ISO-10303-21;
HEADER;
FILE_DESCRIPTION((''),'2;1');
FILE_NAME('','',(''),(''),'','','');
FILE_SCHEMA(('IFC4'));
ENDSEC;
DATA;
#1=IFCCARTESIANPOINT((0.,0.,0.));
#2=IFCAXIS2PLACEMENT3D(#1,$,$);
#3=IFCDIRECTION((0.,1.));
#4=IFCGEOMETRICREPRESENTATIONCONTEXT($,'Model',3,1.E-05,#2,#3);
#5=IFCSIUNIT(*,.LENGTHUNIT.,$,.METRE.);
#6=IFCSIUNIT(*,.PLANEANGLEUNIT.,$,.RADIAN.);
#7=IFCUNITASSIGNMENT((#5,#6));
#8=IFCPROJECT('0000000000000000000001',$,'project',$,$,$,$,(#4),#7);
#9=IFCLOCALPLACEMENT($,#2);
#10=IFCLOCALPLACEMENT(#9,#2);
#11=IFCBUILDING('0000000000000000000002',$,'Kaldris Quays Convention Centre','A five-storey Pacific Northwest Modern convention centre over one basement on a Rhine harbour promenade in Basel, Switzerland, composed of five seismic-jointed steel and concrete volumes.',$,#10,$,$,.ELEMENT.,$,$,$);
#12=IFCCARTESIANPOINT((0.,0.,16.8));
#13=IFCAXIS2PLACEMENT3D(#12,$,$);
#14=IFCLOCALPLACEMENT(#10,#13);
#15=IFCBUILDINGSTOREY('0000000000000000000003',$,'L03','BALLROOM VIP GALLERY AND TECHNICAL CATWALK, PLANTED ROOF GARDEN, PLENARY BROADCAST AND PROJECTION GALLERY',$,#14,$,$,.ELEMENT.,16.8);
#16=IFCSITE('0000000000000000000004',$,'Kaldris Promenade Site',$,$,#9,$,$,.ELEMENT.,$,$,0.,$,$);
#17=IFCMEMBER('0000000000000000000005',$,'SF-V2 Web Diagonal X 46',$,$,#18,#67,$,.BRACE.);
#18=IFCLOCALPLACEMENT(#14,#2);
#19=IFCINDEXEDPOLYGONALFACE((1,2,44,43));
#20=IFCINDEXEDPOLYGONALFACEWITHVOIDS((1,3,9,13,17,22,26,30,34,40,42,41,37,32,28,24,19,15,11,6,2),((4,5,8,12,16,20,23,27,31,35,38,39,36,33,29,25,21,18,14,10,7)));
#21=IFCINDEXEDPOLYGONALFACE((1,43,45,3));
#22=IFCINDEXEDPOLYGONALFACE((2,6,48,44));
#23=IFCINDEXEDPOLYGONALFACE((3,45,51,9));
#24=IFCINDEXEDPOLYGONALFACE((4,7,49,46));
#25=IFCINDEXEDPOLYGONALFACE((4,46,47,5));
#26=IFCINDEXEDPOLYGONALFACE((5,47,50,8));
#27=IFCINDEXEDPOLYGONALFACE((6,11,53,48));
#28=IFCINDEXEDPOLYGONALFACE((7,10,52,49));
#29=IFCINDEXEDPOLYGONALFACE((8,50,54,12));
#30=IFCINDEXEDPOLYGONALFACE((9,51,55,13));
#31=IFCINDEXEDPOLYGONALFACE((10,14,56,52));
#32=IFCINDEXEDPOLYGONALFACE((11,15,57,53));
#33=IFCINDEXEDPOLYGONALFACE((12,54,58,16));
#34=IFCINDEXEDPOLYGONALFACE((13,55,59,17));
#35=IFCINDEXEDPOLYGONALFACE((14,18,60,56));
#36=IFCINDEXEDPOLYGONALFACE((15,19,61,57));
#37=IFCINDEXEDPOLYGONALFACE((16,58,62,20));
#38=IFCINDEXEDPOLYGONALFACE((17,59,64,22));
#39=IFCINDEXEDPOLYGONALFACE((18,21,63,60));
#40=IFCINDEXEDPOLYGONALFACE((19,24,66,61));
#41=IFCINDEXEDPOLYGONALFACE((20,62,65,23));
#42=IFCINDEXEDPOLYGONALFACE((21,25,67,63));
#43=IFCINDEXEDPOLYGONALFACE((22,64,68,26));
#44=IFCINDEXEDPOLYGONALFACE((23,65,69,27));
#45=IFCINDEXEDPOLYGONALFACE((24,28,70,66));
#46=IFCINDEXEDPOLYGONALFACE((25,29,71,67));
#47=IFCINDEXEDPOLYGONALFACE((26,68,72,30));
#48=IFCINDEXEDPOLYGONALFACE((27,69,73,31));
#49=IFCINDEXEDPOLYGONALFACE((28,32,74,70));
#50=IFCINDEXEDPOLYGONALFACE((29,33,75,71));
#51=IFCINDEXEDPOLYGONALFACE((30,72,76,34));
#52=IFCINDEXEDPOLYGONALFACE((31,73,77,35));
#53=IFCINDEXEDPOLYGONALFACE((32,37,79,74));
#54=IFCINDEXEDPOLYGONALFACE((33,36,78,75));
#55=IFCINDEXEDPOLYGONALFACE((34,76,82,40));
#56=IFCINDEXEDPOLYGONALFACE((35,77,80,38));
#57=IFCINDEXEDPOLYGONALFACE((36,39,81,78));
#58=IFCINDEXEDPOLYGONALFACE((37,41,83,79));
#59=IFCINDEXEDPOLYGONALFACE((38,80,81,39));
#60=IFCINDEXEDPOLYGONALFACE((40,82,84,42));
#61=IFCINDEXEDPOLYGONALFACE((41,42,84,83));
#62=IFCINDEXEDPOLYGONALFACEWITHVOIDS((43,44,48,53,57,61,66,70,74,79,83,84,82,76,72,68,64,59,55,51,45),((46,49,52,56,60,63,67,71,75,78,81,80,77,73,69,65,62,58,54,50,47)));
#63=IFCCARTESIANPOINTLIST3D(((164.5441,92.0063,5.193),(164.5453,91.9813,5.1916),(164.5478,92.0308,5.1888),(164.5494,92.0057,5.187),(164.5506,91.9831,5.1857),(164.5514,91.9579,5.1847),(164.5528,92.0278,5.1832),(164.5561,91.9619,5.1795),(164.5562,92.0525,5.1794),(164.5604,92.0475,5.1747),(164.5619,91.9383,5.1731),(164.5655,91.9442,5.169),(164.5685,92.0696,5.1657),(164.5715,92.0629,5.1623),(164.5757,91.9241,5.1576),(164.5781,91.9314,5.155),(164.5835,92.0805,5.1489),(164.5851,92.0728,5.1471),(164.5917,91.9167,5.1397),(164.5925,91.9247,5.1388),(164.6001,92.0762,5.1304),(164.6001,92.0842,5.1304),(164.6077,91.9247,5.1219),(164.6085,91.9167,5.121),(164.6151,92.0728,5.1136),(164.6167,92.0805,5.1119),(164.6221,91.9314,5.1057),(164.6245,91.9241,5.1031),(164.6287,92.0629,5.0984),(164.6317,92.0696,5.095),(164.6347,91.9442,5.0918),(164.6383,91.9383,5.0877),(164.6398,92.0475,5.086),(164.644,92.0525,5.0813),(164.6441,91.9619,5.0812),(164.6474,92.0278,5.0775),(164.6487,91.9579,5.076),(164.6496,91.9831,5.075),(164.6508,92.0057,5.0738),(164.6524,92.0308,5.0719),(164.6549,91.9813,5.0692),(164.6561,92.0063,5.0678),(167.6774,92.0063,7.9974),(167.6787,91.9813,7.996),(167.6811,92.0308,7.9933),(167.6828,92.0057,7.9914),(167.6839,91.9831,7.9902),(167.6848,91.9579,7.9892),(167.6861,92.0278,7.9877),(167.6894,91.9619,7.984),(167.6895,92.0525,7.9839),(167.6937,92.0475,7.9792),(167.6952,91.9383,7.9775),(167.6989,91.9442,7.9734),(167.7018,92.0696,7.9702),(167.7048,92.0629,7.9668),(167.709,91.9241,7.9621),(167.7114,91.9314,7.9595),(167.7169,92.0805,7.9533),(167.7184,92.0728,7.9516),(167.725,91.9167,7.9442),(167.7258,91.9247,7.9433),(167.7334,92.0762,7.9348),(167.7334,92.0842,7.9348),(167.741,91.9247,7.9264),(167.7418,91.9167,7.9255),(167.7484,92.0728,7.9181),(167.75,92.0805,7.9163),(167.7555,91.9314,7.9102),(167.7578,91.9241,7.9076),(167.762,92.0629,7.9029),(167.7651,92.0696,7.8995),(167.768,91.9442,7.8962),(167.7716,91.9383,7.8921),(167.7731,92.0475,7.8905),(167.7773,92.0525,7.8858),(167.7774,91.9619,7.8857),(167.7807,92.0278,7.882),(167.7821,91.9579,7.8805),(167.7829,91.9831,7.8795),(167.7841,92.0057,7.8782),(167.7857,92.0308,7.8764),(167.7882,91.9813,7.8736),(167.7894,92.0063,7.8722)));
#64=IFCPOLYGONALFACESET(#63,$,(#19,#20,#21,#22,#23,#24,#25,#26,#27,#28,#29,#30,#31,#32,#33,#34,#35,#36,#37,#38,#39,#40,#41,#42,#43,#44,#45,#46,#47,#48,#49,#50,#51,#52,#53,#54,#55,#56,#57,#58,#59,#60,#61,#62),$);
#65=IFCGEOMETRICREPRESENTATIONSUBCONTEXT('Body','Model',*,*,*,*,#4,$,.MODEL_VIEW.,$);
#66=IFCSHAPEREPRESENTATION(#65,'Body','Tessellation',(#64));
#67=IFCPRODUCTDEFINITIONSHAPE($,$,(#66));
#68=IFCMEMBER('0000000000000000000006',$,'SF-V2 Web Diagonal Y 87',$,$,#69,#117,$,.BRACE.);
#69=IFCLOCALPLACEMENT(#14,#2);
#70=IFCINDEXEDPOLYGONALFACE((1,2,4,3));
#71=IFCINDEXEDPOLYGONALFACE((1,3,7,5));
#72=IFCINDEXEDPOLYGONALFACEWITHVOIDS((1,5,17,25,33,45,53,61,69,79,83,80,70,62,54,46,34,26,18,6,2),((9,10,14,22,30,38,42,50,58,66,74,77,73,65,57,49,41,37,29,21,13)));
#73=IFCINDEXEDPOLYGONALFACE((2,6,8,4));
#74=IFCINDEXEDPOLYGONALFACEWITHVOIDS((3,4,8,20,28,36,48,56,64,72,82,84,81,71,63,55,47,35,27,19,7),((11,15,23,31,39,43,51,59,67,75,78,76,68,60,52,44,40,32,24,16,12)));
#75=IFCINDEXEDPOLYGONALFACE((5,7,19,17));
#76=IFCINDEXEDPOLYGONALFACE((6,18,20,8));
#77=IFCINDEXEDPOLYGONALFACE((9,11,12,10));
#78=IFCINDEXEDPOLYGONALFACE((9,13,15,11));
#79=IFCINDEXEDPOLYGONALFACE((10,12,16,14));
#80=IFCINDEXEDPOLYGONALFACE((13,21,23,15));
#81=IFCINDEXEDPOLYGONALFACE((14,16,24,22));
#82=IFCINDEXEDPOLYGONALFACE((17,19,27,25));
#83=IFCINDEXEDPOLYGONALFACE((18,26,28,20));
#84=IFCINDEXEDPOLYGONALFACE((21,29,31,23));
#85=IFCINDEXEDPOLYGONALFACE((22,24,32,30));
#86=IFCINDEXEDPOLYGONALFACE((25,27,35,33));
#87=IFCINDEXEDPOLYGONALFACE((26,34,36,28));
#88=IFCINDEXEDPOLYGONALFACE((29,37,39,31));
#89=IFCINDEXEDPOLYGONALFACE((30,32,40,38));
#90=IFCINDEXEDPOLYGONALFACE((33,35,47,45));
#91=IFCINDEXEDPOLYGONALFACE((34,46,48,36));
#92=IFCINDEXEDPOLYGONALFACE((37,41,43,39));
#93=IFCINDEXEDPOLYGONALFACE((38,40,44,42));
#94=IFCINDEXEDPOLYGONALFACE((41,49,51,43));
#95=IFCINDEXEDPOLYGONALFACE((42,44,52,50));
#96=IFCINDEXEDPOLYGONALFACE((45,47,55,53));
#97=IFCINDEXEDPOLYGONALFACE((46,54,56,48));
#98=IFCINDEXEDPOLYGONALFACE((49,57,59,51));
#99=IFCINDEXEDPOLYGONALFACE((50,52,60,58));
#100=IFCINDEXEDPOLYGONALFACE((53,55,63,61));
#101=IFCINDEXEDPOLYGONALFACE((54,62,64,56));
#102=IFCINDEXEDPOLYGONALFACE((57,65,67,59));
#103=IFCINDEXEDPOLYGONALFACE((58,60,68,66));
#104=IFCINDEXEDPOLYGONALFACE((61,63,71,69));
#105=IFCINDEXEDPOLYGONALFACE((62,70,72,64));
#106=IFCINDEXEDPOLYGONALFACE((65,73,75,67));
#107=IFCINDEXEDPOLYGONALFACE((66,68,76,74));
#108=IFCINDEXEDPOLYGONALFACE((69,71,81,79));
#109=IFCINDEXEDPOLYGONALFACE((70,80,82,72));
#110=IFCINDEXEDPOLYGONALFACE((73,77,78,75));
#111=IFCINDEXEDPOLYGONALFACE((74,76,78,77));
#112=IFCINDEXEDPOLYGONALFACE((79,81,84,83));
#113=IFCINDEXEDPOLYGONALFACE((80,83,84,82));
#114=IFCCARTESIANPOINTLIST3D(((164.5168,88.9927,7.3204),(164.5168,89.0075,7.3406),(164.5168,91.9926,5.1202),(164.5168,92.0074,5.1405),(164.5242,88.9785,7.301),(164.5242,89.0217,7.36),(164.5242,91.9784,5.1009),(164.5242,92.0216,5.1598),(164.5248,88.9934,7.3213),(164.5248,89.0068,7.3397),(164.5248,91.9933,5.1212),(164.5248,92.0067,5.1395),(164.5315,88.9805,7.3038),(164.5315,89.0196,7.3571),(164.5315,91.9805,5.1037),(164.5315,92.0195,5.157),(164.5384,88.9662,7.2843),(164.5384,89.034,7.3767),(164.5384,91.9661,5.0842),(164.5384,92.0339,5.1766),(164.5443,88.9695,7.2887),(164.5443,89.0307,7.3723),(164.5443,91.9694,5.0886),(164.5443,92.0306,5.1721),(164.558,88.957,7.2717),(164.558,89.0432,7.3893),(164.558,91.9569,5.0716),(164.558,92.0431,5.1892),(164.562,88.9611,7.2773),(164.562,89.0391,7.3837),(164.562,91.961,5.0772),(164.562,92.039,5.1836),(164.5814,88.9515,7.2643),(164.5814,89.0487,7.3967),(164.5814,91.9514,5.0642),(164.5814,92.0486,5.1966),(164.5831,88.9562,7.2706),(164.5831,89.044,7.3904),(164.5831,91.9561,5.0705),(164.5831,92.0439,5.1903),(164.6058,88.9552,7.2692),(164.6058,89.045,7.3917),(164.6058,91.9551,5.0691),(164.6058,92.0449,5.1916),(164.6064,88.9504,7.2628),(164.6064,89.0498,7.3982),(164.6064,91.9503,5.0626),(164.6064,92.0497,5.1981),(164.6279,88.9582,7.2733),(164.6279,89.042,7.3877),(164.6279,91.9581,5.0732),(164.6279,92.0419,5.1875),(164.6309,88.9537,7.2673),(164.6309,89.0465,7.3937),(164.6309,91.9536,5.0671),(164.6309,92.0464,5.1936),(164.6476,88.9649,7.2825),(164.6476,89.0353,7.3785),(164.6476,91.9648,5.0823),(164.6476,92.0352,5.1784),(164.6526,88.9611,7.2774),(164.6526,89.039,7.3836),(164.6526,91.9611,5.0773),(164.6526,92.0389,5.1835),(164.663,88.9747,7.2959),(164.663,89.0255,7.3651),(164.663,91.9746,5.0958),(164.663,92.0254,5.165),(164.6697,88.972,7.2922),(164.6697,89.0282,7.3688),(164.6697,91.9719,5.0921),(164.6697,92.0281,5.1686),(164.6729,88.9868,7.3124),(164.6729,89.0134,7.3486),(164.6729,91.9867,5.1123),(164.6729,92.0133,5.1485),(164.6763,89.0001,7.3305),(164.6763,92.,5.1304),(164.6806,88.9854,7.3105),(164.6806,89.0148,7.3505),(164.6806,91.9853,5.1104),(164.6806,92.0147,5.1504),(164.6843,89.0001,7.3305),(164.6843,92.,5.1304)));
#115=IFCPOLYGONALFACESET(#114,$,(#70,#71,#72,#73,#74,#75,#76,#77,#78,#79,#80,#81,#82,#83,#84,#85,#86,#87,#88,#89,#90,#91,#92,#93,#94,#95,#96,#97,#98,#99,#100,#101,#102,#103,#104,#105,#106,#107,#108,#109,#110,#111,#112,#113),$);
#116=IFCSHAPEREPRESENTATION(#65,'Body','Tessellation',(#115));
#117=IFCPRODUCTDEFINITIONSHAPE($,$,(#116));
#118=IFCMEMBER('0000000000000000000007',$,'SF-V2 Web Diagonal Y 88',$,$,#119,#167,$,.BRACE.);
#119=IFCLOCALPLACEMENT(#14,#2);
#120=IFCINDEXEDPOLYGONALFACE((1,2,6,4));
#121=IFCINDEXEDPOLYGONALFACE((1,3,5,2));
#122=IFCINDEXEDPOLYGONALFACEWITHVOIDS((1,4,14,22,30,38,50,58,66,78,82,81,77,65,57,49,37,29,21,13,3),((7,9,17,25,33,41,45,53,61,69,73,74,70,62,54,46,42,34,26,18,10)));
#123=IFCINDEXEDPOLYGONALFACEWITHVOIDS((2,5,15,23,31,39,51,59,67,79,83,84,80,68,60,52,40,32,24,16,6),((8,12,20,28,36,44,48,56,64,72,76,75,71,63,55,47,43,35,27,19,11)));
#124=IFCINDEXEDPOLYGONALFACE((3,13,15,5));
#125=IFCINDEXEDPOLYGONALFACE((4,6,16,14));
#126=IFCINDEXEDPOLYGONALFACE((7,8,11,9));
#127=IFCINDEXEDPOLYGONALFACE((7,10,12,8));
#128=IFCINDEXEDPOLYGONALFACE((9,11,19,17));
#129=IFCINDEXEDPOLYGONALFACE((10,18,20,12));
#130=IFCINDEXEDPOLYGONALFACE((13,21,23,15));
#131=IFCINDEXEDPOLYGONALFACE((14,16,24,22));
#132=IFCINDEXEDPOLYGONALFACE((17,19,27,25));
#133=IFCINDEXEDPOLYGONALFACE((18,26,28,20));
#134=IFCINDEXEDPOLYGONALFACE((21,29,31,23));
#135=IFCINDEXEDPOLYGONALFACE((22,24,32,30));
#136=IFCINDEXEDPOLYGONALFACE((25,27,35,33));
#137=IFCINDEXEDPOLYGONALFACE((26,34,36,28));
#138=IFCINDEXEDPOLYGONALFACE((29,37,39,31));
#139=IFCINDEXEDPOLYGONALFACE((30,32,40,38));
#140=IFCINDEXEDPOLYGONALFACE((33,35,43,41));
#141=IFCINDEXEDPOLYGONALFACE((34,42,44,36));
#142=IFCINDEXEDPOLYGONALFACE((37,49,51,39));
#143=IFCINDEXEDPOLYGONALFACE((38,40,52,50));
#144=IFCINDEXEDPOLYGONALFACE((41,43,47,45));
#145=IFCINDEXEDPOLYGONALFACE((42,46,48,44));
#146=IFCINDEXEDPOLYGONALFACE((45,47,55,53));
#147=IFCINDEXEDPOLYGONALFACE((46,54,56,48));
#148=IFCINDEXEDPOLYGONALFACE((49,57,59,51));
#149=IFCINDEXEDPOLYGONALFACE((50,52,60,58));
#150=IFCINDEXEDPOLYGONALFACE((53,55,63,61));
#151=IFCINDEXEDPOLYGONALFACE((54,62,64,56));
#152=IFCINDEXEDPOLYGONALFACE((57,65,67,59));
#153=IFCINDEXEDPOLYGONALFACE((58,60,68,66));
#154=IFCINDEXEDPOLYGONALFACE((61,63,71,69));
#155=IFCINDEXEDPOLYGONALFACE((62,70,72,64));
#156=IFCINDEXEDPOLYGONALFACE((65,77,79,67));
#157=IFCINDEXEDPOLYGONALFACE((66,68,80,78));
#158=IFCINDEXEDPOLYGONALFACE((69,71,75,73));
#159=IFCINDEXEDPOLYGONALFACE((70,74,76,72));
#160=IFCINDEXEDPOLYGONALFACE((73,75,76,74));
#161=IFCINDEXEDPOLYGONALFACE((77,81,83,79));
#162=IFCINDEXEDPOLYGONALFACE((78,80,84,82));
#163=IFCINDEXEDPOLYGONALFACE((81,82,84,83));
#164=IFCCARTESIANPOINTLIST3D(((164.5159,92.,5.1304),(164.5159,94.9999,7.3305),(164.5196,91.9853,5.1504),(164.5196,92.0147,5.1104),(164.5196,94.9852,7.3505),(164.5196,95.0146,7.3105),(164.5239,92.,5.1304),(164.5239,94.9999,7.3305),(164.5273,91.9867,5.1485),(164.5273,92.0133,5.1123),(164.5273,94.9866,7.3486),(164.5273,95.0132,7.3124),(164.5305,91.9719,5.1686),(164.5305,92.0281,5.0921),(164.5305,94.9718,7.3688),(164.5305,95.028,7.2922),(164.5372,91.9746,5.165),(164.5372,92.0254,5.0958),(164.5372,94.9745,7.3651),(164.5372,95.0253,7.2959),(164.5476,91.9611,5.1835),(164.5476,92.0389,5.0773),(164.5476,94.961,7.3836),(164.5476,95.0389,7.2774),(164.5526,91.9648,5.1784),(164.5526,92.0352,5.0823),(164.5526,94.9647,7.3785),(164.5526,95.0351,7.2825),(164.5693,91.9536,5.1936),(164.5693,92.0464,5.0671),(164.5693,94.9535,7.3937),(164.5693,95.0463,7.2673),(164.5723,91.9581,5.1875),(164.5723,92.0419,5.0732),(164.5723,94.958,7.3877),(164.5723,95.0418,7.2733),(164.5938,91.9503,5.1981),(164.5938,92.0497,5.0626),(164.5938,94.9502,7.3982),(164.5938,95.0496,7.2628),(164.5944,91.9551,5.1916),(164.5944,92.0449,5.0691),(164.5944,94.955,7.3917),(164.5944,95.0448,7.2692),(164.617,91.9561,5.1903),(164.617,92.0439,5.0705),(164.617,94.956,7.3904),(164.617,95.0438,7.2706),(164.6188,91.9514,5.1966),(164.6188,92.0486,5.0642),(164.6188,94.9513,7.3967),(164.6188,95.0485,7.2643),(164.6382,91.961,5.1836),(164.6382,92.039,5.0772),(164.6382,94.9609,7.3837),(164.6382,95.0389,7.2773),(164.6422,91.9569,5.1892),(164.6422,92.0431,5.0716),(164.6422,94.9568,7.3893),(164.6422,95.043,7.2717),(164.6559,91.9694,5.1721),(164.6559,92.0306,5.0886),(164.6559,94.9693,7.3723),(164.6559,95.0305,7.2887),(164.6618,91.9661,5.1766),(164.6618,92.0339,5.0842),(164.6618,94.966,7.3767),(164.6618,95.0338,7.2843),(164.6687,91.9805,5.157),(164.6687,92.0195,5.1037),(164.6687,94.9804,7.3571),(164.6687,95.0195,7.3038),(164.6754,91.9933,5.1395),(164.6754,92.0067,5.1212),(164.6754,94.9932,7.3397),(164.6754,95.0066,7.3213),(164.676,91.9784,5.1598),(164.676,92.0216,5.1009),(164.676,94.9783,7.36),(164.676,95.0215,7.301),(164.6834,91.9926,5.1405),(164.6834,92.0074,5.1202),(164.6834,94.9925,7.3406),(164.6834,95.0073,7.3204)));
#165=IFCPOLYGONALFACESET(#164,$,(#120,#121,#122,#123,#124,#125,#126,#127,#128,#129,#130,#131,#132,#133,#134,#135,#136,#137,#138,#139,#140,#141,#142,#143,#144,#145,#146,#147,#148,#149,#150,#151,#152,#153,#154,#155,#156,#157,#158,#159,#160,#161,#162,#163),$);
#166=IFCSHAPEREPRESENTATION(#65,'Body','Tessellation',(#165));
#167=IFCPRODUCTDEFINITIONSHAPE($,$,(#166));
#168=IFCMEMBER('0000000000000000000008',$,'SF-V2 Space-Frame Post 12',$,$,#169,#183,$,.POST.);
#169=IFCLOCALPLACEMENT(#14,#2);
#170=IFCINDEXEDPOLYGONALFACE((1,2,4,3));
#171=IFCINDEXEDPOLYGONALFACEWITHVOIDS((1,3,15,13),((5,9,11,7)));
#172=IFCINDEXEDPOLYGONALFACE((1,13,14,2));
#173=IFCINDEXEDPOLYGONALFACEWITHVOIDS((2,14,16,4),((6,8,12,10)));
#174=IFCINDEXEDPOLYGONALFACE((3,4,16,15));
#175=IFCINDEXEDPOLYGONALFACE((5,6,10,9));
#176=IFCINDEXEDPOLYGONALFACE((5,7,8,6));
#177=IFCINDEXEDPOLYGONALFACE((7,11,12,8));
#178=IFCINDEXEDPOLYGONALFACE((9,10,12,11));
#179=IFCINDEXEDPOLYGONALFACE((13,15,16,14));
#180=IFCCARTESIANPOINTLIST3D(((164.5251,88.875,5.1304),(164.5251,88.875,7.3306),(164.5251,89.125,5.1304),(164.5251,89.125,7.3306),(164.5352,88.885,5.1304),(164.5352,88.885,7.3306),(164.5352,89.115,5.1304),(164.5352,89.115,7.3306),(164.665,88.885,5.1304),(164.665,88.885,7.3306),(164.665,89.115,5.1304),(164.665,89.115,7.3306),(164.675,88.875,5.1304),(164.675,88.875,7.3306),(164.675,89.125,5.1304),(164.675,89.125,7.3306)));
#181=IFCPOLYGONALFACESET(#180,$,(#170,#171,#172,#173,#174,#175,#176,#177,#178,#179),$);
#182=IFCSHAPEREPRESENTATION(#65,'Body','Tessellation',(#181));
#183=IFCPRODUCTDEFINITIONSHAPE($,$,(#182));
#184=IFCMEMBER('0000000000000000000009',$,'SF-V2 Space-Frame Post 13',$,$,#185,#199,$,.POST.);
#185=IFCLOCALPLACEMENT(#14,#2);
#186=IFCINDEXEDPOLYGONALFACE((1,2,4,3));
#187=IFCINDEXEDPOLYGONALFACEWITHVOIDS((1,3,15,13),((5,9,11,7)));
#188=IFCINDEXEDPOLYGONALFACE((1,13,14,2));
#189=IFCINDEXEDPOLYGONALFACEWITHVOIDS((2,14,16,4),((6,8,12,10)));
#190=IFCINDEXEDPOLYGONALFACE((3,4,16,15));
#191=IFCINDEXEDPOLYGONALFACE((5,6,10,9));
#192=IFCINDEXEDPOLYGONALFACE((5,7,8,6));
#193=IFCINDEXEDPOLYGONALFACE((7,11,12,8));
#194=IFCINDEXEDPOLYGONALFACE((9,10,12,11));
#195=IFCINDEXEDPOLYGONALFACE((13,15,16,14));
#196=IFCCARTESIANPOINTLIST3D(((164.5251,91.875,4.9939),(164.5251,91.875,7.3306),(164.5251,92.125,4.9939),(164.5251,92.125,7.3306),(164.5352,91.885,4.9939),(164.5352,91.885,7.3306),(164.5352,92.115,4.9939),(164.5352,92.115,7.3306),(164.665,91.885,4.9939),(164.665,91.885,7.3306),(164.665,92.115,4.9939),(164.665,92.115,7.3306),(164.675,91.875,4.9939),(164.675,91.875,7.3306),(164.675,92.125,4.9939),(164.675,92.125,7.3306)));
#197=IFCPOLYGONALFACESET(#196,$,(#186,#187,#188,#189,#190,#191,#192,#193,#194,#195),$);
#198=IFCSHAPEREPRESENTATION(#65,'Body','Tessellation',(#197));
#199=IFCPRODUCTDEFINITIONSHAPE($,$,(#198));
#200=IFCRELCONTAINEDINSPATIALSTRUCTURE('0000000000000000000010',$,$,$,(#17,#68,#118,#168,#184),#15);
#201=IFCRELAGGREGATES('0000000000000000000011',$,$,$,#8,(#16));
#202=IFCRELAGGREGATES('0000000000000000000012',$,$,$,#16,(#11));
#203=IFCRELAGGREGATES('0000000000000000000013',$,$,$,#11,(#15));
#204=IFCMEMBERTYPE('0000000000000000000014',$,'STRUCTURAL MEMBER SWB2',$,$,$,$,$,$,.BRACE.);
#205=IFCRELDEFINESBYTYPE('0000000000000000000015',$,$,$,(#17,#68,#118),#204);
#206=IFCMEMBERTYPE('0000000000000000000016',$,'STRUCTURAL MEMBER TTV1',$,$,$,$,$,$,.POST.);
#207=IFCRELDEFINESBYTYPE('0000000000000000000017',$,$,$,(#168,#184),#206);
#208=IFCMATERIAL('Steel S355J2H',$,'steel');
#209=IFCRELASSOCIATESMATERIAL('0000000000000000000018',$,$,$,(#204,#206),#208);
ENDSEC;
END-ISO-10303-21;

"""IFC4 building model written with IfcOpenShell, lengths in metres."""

from ifc_helpers import new_model, si_unit, direction, frame, origin, origin_2d, place, context, subcontext, project, spatial, hollow_rectangle, hollow_circle, extrude, material, material_profile, profile_set, type_object, element, save


model = new_model("IFC4")

# Units and contexts
model_context = context("Model", 3, precision=1e-05, world=origin(), true_north=direction((0.0, 1.0)))
body_context = subcontext(model_context, "Body", "Model", "MODEL_VIEW")
ifc_project = project(units=[si_unit("LENGTHUNIT", "METRE"), si_unit("PLANEANGLEUNIT", "RADIAN")], contexts=[model_context])

# Site, building, storey
site_placement = place(None, origin())
site = spatial("IfcSite", under=ifc_project, at=site_placement, Name="Kaldris Promenade Site", CompositionType="ELEMENT", RefElevation=0.0)
building_placement = place(site_placement, origin())
building = spatial("IfcBuilding", under=site, at=building_placement, Name="Kaldris Quays Convention Centre", Description="A five-storey Pacific Northwest Modern convention centre over one basement on a Rhine harbour promenade in Basel, Switzerland, composed of five seismic-jointed steel and concrete volumes.", CompositionType="ELEMENT")
storey_placement = place(building_placement, frame((0.0, 0.0, 16.8)))
storey = spatial("IfcBuildingStorey", under=building, at=storey_placement, Name="L03", Description="BALLROOM VIP GALLERY AND TECHNICAL CATWALK, PLANTED ROOF GARDEN, PLENARY BROADCAST AND PROJECTION GALLERY", CompositionType="ELEMENT", Elevation=16.8)

# Members
ifc_material_1 = material(Name="Steel S355J2H", Category="steel")
ifc_material_profile_1 = material_profile(ifc_material_1, hollow_circle(Radius=0.0842, WallThickness=0.0081, at=origin_2d()), Name="CHS 168.3x8")
ifc_profile_set_1 = profile_set([ifc_material_profile_1], Name="Steel S355J2H")
member_type_1 = type_object("IfcMemberType", Name="STRUCTURAL MEMBER SWB2", PredefinedType="BRACE", material=ifc_profile_set_1)
member_1_placement = place(storey_placement, frame((164.6001, 92.0, 5.1304), z_axis=(0.745127, 0.0, 0.666922), x_axis=(0.0, 1.0, 0.0)))
element("IfcMember", 1, at=member_1_placement, inside=storey, type_object=member_type_1, Name="SF-V2 Web Diagonal X 46", PredefinedType="BRACE", context=body_context, shape_type="SweptSolid", body=[
    extrude(hollow_circle(Radius=0.0842, WallThickness=0.0081, at=origin_2d()), origin(), (0.0, 0.0, 1.0), 4.2051),
])
for number, where, z_axis, x_axis, name in (
    (2, (164.6001, 92.0, 5.1304), (0.0, -0.80638, 0.591398), (1.0, 0.0, 0.0), "SF-V2 Web Diagonal Y 87"),
    (3, (164.6001, 92.0, 5.1304), (0.0, 0.80638, 0.591398), (-1.0, 0.0, 0.0), "SF-V2 Web Diagonal Y 88"),
):
    element("IfcMember", number, at=place(storey_placement, frame(where, z_axis=z_axis, x_axis=x_axis)), inside=storey, type_object=member_type_1, Name=name, PredefinedType="BRACE", context=body_context, shape_type="SweptSolid", body=[
        extrude(hollow_circle(Radius=0.0842, WallThickness=0.0081, at=origin_2d()), origin(), (0.0, 0.0, 1.0), 3.7202),
    ])
ifc_material_profile_2 = material_profile(ifc_material_1, hollow_rectangle(XDim=0.1499, YDim=0.25, WallThickness=0.01, at=origin_2d()), Name="RHS 250x150x10")
ifc_profile_set_2 = profile_set([ifc_material_profile_2], Name="Steel S355J2H")
member_type_2 = type_object("IfcMemberType", Name="STRUCTURAL MEMBER TTV1", PredefinedType="POST", material=ifc_profile_set_2)
member_2_placement = place(storey_placement, frame((164.6001, 89.0, 5.1304), z_axis=(0.0, 0.0, 1.0), x_axis=(1.0, 0.0, 0.0)))
element("IfcMember", 4, at=member_2_placement, inside=storey, type_object=member_type_2, Name="SF-V2 Space-Frame Post 12", PredefinedType="POST", context=body_context, shape_type="SweptSolid", body=[
    extrude(hollow_rectangle(XDim=0.1499, YDim=0.25, WallThickness=0.01, at=origin_2d()), origin(), (0.0, 0.0, 1.0), 2.2002),
])
member_3_placement = place(storey_placement, frame((164.6001, 92.0, 4.9939), z_axis=(0.0, 0.0, 1.0), x_axis=(1.0, 0.0, 0.0)))
element("IfcMember", 5, at=member_3_placement, inside=storey, type_object=member_type_2, Name="SF-V2 Space-Frame Post 13", PredefinedType="POST", context=body_context, shape_type="SweptSolid", body=[
    extrude(hollow_rectangle(XDim=0.1499, YDim=0.25, WallThickness=0.01, at=origin_2d()), origin(), (0.0, 0.0, 1.0), 2.3367),
])

save(model, "model.ifc")
